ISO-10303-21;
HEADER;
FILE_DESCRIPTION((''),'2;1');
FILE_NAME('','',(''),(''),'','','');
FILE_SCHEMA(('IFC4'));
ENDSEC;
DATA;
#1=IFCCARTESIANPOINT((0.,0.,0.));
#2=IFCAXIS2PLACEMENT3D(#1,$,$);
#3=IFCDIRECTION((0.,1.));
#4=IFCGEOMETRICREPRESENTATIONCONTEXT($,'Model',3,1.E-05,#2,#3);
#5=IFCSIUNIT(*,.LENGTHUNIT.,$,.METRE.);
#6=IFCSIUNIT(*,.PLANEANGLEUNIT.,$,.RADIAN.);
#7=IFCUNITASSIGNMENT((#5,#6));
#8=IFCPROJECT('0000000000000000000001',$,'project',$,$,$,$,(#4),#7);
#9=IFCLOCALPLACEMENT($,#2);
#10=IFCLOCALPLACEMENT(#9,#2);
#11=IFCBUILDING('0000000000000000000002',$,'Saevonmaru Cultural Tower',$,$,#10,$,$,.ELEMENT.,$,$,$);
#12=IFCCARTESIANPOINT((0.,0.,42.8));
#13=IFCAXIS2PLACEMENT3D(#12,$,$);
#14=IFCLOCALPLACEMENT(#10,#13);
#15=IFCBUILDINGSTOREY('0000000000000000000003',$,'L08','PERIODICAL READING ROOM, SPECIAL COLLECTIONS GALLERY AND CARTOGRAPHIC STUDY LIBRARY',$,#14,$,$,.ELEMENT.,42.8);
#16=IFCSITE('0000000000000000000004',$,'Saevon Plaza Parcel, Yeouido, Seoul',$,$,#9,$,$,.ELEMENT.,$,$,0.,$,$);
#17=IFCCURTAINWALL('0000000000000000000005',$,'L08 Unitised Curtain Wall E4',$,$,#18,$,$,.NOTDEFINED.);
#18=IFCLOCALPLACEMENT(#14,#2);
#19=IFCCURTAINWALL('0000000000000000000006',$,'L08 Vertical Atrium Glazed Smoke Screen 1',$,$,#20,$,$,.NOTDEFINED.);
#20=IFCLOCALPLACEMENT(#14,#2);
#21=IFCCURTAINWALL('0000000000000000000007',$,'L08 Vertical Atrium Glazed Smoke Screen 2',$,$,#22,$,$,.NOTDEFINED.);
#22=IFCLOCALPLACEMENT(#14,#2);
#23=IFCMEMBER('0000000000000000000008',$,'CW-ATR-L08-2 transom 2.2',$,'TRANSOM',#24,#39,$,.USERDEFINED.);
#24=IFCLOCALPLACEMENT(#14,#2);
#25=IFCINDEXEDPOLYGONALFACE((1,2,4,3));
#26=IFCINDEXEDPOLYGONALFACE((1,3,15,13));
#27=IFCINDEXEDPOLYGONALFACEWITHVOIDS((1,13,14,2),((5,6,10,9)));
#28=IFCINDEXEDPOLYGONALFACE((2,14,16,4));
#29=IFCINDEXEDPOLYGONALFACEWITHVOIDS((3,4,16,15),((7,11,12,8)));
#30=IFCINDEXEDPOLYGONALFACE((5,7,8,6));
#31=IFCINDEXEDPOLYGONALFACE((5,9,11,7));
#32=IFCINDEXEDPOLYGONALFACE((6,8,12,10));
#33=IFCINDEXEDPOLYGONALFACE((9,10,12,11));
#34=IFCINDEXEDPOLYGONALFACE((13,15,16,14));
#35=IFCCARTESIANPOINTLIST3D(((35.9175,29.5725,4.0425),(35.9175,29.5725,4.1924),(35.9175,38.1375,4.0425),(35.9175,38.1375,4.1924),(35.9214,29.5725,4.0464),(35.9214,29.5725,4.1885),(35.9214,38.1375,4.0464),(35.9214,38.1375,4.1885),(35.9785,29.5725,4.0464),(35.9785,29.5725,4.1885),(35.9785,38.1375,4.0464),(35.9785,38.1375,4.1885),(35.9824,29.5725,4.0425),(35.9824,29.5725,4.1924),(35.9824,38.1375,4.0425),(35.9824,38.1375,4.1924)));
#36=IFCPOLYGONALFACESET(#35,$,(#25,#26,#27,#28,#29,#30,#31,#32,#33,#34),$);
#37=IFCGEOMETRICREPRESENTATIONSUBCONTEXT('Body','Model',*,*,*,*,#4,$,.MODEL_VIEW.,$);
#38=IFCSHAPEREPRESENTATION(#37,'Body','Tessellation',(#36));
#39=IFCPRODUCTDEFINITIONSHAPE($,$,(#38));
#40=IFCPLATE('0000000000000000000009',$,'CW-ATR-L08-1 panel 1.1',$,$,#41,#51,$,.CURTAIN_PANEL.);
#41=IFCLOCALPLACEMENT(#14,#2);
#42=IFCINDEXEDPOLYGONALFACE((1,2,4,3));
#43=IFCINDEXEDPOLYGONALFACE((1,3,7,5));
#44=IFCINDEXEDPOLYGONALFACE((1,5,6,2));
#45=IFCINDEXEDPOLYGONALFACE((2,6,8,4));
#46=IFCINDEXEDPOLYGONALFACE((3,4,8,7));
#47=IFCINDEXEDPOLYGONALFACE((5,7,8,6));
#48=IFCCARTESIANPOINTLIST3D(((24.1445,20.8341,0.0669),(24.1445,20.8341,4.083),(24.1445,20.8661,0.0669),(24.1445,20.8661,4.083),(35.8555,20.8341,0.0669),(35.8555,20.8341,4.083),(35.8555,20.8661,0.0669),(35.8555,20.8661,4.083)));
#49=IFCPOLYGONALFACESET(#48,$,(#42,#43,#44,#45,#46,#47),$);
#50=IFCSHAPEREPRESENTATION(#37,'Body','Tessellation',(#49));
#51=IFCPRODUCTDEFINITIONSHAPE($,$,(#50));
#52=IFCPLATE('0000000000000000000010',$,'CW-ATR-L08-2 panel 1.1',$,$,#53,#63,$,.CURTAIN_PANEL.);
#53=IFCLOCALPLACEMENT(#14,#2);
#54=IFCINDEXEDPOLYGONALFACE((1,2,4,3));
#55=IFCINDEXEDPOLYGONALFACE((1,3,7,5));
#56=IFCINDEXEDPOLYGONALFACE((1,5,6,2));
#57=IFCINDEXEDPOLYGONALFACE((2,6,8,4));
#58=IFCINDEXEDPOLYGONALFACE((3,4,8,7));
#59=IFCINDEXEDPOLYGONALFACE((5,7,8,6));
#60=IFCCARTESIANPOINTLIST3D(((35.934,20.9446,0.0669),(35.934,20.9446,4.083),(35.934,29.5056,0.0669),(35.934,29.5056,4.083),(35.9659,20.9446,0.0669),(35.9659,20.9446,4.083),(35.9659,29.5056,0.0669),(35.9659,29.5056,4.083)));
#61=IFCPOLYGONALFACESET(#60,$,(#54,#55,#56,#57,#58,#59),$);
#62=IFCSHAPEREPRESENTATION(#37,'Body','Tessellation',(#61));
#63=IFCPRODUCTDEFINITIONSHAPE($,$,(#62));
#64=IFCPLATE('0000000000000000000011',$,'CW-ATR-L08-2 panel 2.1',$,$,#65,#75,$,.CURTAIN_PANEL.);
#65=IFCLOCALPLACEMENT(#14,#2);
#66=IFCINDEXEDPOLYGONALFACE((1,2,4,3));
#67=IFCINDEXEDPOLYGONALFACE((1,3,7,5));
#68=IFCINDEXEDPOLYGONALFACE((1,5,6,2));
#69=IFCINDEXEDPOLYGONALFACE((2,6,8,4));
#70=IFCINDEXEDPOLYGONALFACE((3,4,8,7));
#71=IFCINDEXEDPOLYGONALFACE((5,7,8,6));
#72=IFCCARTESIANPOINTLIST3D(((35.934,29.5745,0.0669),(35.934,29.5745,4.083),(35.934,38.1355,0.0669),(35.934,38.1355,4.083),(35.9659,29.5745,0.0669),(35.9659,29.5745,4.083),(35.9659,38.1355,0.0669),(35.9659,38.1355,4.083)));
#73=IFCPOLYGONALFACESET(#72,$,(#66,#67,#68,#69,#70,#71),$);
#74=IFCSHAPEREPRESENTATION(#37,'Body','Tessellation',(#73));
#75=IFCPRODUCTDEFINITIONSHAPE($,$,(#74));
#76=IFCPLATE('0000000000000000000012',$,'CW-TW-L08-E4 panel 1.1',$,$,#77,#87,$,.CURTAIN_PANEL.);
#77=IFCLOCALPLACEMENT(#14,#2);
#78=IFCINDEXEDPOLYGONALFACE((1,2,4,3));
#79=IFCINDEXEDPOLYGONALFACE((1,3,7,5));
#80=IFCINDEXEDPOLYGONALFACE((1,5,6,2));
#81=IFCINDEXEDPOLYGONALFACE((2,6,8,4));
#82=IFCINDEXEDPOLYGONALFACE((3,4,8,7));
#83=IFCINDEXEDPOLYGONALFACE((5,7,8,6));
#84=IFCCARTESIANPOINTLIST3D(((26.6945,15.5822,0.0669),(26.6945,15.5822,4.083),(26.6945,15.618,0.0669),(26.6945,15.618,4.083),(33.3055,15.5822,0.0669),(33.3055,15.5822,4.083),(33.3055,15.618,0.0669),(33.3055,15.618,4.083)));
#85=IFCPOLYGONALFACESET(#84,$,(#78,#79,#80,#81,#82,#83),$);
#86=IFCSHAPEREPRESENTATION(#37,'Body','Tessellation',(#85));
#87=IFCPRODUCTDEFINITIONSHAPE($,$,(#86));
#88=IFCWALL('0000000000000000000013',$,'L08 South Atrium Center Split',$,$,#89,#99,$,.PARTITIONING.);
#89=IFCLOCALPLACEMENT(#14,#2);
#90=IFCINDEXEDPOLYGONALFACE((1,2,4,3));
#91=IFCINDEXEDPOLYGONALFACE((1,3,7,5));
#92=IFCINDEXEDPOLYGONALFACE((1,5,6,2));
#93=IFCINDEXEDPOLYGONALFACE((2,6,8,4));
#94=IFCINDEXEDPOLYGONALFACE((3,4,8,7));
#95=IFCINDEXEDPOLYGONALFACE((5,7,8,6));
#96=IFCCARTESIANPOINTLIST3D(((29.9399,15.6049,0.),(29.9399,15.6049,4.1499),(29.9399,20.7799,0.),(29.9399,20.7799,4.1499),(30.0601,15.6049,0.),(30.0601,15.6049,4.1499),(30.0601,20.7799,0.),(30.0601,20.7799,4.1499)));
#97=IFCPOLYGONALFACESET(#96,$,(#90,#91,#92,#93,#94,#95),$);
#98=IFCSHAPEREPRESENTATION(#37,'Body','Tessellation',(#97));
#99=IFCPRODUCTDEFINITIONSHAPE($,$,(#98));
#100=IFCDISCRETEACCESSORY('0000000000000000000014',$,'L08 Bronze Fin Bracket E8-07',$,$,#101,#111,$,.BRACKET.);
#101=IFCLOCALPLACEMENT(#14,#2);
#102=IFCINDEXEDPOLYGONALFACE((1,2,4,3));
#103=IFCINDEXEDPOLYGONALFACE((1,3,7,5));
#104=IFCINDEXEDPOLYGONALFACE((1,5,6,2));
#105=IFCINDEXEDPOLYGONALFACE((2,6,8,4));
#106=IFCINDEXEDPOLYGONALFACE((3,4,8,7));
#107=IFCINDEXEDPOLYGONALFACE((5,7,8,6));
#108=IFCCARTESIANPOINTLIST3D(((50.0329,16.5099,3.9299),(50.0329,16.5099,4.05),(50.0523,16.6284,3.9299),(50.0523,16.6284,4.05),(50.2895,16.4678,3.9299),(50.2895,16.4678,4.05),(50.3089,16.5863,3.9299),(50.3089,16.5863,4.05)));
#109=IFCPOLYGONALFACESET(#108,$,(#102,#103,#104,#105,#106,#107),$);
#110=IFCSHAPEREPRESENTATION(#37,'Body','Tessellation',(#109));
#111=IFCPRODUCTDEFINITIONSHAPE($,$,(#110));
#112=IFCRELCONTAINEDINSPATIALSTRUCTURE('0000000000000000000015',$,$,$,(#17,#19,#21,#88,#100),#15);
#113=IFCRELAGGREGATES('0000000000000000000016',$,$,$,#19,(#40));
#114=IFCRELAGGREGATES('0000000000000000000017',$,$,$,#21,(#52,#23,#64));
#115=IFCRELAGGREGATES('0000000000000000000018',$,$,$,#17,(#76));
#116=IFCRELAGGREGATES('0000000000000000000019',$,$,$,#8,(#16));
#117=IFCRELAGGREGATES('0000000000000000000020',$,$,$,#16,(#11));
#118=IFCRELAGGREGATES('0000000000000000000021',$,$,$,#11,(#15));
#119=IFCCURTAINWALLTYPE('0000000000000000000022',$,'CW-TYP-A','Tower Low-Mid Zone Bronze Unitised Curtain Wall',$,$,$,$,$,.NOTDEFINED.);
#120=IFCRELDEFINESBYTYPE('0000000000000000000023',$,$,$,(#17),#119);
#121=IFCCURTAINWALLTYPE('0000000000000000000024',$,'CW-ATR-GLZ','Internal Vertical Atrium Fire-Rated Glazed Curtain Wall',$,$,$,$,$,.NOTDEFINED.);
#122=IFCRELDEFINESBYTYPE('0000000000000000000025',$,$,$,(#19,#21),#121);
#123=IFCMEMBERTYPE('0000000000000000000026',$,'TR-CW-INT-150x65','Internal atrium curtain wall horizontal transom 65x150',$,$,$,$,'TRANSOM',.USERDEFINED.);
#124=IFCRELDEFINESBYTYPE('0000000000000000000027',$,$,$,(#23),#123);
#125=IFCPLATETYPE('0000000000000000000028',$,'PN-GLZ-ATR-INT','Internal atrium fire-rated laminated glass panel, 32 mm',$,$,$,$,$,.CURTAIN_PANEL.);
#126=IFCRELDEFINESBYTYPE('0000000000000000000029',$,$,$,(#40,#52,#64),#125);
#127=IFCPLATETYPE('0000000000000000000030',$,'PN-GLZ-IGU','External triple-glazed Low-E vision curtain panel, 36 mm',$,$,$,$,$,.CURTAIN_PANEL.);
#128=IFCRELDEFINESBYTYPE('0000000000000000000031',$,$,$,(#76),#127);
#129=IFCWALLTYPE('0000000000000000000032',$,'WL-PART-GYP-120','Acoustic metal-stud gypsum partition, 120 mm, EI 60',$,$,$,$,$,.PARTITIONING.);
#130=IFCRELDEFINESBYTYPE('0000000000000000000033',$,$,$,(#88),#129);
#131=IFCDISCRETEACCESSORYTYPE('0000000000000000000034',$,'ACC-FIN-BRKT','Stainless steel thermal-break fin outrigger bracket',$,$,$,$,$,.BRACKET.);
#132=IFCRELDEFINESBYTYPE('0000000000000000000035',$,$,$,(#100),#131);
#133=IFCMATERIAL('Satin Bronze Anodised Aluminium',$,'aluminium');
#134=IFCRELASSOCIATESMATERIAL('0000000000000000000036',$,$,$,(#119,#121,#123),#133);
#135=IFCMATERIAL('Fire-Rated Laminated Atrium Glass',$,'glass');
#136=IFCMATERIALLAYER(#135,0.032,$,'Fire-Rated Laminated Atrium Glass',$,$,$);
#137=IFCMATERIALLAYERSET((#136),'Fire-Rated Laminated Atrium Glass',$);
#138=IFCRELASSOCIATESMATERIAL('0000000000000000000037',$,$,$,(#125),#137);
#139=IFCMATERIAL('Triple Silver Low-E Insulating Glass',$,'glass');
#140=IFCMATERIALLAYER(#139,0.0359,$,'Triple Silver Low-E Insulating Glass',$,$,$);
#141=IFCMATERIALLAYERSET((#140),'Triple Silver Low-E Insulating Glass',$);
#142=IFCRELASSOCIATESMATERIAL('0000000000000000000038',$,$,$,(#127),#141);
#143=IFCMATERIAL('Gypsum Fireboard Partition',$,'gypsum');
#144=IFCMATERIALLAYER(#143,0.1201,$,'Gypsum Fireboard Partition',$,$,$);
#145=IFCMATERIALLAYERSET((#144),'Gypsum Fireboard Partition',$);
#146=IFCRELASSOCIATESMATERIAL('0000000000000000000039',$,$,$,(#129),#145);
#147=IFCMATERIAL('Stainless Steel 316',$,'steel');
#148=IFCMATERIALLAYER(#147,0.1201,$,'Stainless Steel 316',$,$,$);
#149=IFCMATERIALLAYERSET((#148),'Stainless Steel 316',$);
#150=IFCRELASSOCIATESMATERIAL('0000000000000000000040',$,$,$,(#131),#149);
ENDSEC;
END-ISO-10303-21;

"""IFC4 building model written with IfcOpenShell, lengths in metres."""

from ifc_helpers import new_model, si_unit, direction, frame, frame_2d, origin, origin_2d, place, context, subcontext, project, spatial, rectangle, hollow_rectangle, extrude, material, layer, layer_set, material_profile, profile_set, type_object, element, aggregate, save


model = new_model("IFC4")

# Units and contexts
model_context = context("Model", 3, precision=1e-05, world=origin(), true_north=direction((0.0, 1.0)))
body_context = subcontext(model_context, "Body", "Model", "MODEL_VIEW")
ifc_project = project(units=[si_unit("LENGTHUNIT", "METRE"), si_unit("PLANEANGLEUNIT", "RADIAN")], contexts=[model_context])

# Site, building, storey
site_placement = place(None, origin())
site = spatial("IfcSite", under=ifc_project, at=site_placement, Name="Saevon Plaza Parcel, Yeouido, Seoul", CompositionType="ELEMENT", RefElevation=0.0)
building_placement = place(site_placement, origin())
building = spatial("IfcBuilding", under=site, at=building_placement, Name="Saevonmaru Cultural Tower", CompositionType="ELEMENT")
storey_placement = place(building_placement, frame((0.0, 0.0, 42.8)))
storey = spatial("IfcBuildingStorey", under=building, at=storey_placement, Name="L08", Description="PERIODICAL READING ROOM, SPECIAL COLLECTIONS GALLERY AND CARTOGRAPHIC STUDY LIBRARY", CompositionType="ELEMENT", Elevation=42.8)

# Curtain walls
ifc_material_1 = material(Name="Satin Bronze Anodised Aluminium", Category="aluminium")
curtain_wall_type_1 = type_object("IfcCurtainWallType", Name="CW-TYP-A", Description="Tower Low-Mid Zone Bronze Unitised Curtain Wall", PredefinedType="NOTDEFINED", material=ifc_material_1)
curtain_wall_1_placement = place(storey_placement, origin())
curtain_wall_1 = element("IfcCurtainWall", 1, at=curtain_wall_1_placement, inside=storey, type_object=curtain_wall_type_1, Name="L08 Unitised Curtain Wall E4", PredefinedType="NOTDEFINED")
curtain_wall_type_2 = type_object("IfcCurtainWallType", Name="CW-ATR-GLZ", Description="Internal Vertical Atrium Fire-Rated Glazed Curtain Wall", PredefinedType="NOTDEFINED", material=ifc_material_1)
curtain_wall_2_placement = place(storey_placement, origin())
curtain_wall_2 = element("IfcCurtainWall", 2, at=curtain_wall_2_placement, inside=storey, type_object=curtain_wall_type_2, Name="L08 Vertical Atrium Glazed Smoke Screen 1", PredefinedType="NOTDEFINED")

# Curtain wall
curtain_wall_3_placement = place(storey_placement, origin())
curtain_wall_3 = element("IfcCurtainWall", 3, at=curtain_wall_3_placement, inside=storey, type_object=curtain_wall_type_2, Name="L08 Vertical Atrium Glazed Smoke Screen 2", PredefinedType="NOTDEFINED")

# Member
ifc_material_profile_1 = material_profile(ifc_material_1, hollow_rectangle(XDim=0.0649, YDim=0.1499, WallThickness=0.0039, at=origin_2d()), Name="ALU-TRAN-150x65x4")
ifc_profile_set_1 = profile_set([ifc_material_profile_1], Name="Satin Bronze Anodised Aluminium")
member_type_1 = type_object("IfcMemberType", Name="TR-CW-INT-150x65", Description="Internal atrium curtain wall horizontal transom 65x150", ElementType="TRANSOM", PredefinedType="USERDEFINED", material=ifc_profile_set_1)
member_1_placement = place(storey_placement, frame((35.95, 29.5725, 4.1174), z_axis=(0.0, 1.0, 0.0), x_axis=(-1.0, 0.0, 0.0)))
member_1 = element("IfcMember", 4, at=member_1_placement, type_object=member_type_1, Name="CW-ATR-L08-2 transom 2.2", ObjectType="TRANSOM", PredefinedType="USERDEFINED", context=body_context, shape_type="SweptSolid", body=[
    extrude(hollow_rectangle(XDim=0.0649, YDim=0.1499, WallThickness=0.0039, at=origin_2d()), origin(), (0.0, 0.0, 1.0), 8.5649),
])

# Plates
ifc_material_2 = material(Name="Fire-Rated Laminated Atrium Glass", Category="glass")
ifc_layer_1 = layer(ifc_material_2, 0.032, Name="Fire-Rated Laminated Atrium Glass")
ifc_layer_set_1 = layer_set([ifc_layer_1], Name="Fire-Rated Laminated Atrium Glass")
plate_type_1 = type_object("IfcPlateType", Name="PN-GLZ-ATR-INT", Description="Internal atrium fire-rated laminated glass panel, 32 mm", PredefinedType="CURTAIN_PANEL", material=ifc_layer_set_1)
plate_1_placement = place(storey_placement, frame((30.0, 20.8501, 0.0669), z_axis=(0.0, 0.0, 1.0), x_axis=(1.0, 0.0, 0.0)))
plate_1 = element("IfcPlate", 5, at=plate_1_placement, type_object=plate_type_1, Name="CW-ATR-L08-1 panel 1.1", PredefinedType="CURTAIN_PANEL", context=body_context, shape_type="SweptSolid", body=[
    extrude(rectangle(XDim=11.7109, YDim=0.032, at=origin_2d()), origin(), (0.0, 0.0, 1.0), 4.0161),
])
aggregate(curtain_wall_2, [plate_1])
plate_2_placement = place(storey_placement, frame((35.95, 25.2251, 0.0669), z_axis=(0.0, 0.0, 1.0), x_axis=(0.0, 1.0, 0.0)))
plate_2 = element("IfcPlate", 6, at=plate_2_placement, type_object=plate_type_1, Name="CW-ATR-L08-2 panel 1.1", PredefinedType="CURTAIN_PANEL", context=body_context, shape_type="SweptSolid", body=[
    extrude(rectangle(XDim=8.561, YDim=0.032, at=origin_2d()), origin(), (0.0, 0.0, 1.0), 4.0161),
])
plate_3_placement = place(storey_placement, frame((35.95, 33.855, 0.0669), z_axis=(0.0, 0.0, 1.0), x_axis=(0.0, 1.0, 0.0)))
plate_3 = element("IfcPlate", 7, at=plate_3_placement, type_object=plate_type_1, Name="CW-ATR-L08-2 panel 2.1", PredefinedType="CURTAIN_PANEL", context=body_context, shape_type="SweptSolid", body=[
    extrude(rectangle(XDim=8.561, YDim=0.032, at=origin_2d()), origin(), (0.0, 0.0, 1.0), 4.0161),
])
aggregate(curtain_wall_3, [plate_2, member_1, plate_3])
ifc_material_3 = material(Name="Triple Silver Low-E Insulating Glass", Category="glass")
ifc_layer_2 = layer(ifc_material_3, 0.0359, Name="Triple Silver Low-E Insulating Glass")
ifc_layer_set_2 = layer_set([ifc_layer_2], Name="Triple Silver Low-E Insulating Glass")
plate_type_2 = type_object("IfcPlateType", Name="PN-GLZ-IGU", Description="External triple-glazed Low-E vision curtain panel, 36 mm", PredefinedType="CURTAIN_PANEL", material=ifc_layer_set_2)
plate_4_placement = place(storey_placement, frame((30.0, 15.6001, 0.0669), z_axis=(0.0, 0.0, 1.0), x_axis=(1.0, 0.0, 0.0)))
plate_4 = element("IfcPlate", 8, at=plate_4_placement, type_object=plate_type_2, Name="CW-TW-L08-E4 panel 1.1", PredefinedType="CURTAIN_PANEL", context=body_context, shape_type="SweptSolid", body=[
    extrude(rectangle(XDim=6.6111, YDim=0.0359, at=origin_2d()), origin(), (0.0, 0.0, 1.0), 4.0161),
])
aggregate(curtain_wall_1, [plate_4])

# Wall
ifc_material_4 = material(Name="Gypsum Fireboard Partition", Category="gypsum")
ifc_layer_3 = layer(ifc_material_4, 0.1201, Name="Gypsum Fireboard Partition")
ifc_layer_set_3 = layer_set([ifc_layer_3], Name="Gypsum Fireboard Partition")
wall_type = type_object("IfcWallType", Name="WL-PART-GYP-120", Description="Acoustic metal-stud gypsum partition, 120 mm, EI 60", PredefinedType="PARTITIONING", material=ifc_layer_set_3)
wall_placement = place(storey_placement, frame((30.0, 15.605, 0.0), z_axis=(0.0, 0.0, 1.0), x_axis=(0.0, 1.0, 0.0)))
element("IfcWall", 9, at=wall_placement, inside=storey, type_object=wall_type, Name="L08 South Atrium Center Split", PredefinedType="PARTITIONING", context=body_context, shape_type="SweptSolid", body=[
    extrude(rectangle(XDim=5.175, YDim=0.1201, at=frame_2d((2.5874, 0.0))), origin(), (0.0, 0.0, 1.0), 4.1499),
])

# Discrete accessory
ifc_material_5 = material(Name="Stainless Steel 316", Category="steel")
ifc_layer_4 = layer(ifc_material_5, 0.1201, Name="Stainless Steel 316")
ifc_layer_set_4 = layer_set([ifc_layer_4], Name="Stainless Steel 316")
discrete_accessory_type = type_object("IfcDiscreteAccessoryType", Name="ACC-FIN-BRKT", Description="Stainless steel thermal-break fin outrigger bracket", PredefinedType="BRACKET", material=ifc_layer_set_4)
discrete_accessory_placement = place(storey_placement, frame((50.1709, 16.5481, 3.9299), z_axis=(0.0, 0.0, 1.0), x_axis=(0.986827, -0.161776, 0.0)))
element("IfcDiscreteAccessory", 10, at=discrete_accessory_placement, inside=storey, type_object=discrete_accessory_type, Name="L08 Bronze Fin Bracket E8-07", PredefinedType="BRACKET", context=body_context, shape_type="SweptSolid", body=[
    extrude(rectangle(XDim=0.26, YDim=0.1201, at=origin_2d()), origin(), (0.0, 0.0, 1.0), 0.1201),
])

save(model, "model.ifc")
